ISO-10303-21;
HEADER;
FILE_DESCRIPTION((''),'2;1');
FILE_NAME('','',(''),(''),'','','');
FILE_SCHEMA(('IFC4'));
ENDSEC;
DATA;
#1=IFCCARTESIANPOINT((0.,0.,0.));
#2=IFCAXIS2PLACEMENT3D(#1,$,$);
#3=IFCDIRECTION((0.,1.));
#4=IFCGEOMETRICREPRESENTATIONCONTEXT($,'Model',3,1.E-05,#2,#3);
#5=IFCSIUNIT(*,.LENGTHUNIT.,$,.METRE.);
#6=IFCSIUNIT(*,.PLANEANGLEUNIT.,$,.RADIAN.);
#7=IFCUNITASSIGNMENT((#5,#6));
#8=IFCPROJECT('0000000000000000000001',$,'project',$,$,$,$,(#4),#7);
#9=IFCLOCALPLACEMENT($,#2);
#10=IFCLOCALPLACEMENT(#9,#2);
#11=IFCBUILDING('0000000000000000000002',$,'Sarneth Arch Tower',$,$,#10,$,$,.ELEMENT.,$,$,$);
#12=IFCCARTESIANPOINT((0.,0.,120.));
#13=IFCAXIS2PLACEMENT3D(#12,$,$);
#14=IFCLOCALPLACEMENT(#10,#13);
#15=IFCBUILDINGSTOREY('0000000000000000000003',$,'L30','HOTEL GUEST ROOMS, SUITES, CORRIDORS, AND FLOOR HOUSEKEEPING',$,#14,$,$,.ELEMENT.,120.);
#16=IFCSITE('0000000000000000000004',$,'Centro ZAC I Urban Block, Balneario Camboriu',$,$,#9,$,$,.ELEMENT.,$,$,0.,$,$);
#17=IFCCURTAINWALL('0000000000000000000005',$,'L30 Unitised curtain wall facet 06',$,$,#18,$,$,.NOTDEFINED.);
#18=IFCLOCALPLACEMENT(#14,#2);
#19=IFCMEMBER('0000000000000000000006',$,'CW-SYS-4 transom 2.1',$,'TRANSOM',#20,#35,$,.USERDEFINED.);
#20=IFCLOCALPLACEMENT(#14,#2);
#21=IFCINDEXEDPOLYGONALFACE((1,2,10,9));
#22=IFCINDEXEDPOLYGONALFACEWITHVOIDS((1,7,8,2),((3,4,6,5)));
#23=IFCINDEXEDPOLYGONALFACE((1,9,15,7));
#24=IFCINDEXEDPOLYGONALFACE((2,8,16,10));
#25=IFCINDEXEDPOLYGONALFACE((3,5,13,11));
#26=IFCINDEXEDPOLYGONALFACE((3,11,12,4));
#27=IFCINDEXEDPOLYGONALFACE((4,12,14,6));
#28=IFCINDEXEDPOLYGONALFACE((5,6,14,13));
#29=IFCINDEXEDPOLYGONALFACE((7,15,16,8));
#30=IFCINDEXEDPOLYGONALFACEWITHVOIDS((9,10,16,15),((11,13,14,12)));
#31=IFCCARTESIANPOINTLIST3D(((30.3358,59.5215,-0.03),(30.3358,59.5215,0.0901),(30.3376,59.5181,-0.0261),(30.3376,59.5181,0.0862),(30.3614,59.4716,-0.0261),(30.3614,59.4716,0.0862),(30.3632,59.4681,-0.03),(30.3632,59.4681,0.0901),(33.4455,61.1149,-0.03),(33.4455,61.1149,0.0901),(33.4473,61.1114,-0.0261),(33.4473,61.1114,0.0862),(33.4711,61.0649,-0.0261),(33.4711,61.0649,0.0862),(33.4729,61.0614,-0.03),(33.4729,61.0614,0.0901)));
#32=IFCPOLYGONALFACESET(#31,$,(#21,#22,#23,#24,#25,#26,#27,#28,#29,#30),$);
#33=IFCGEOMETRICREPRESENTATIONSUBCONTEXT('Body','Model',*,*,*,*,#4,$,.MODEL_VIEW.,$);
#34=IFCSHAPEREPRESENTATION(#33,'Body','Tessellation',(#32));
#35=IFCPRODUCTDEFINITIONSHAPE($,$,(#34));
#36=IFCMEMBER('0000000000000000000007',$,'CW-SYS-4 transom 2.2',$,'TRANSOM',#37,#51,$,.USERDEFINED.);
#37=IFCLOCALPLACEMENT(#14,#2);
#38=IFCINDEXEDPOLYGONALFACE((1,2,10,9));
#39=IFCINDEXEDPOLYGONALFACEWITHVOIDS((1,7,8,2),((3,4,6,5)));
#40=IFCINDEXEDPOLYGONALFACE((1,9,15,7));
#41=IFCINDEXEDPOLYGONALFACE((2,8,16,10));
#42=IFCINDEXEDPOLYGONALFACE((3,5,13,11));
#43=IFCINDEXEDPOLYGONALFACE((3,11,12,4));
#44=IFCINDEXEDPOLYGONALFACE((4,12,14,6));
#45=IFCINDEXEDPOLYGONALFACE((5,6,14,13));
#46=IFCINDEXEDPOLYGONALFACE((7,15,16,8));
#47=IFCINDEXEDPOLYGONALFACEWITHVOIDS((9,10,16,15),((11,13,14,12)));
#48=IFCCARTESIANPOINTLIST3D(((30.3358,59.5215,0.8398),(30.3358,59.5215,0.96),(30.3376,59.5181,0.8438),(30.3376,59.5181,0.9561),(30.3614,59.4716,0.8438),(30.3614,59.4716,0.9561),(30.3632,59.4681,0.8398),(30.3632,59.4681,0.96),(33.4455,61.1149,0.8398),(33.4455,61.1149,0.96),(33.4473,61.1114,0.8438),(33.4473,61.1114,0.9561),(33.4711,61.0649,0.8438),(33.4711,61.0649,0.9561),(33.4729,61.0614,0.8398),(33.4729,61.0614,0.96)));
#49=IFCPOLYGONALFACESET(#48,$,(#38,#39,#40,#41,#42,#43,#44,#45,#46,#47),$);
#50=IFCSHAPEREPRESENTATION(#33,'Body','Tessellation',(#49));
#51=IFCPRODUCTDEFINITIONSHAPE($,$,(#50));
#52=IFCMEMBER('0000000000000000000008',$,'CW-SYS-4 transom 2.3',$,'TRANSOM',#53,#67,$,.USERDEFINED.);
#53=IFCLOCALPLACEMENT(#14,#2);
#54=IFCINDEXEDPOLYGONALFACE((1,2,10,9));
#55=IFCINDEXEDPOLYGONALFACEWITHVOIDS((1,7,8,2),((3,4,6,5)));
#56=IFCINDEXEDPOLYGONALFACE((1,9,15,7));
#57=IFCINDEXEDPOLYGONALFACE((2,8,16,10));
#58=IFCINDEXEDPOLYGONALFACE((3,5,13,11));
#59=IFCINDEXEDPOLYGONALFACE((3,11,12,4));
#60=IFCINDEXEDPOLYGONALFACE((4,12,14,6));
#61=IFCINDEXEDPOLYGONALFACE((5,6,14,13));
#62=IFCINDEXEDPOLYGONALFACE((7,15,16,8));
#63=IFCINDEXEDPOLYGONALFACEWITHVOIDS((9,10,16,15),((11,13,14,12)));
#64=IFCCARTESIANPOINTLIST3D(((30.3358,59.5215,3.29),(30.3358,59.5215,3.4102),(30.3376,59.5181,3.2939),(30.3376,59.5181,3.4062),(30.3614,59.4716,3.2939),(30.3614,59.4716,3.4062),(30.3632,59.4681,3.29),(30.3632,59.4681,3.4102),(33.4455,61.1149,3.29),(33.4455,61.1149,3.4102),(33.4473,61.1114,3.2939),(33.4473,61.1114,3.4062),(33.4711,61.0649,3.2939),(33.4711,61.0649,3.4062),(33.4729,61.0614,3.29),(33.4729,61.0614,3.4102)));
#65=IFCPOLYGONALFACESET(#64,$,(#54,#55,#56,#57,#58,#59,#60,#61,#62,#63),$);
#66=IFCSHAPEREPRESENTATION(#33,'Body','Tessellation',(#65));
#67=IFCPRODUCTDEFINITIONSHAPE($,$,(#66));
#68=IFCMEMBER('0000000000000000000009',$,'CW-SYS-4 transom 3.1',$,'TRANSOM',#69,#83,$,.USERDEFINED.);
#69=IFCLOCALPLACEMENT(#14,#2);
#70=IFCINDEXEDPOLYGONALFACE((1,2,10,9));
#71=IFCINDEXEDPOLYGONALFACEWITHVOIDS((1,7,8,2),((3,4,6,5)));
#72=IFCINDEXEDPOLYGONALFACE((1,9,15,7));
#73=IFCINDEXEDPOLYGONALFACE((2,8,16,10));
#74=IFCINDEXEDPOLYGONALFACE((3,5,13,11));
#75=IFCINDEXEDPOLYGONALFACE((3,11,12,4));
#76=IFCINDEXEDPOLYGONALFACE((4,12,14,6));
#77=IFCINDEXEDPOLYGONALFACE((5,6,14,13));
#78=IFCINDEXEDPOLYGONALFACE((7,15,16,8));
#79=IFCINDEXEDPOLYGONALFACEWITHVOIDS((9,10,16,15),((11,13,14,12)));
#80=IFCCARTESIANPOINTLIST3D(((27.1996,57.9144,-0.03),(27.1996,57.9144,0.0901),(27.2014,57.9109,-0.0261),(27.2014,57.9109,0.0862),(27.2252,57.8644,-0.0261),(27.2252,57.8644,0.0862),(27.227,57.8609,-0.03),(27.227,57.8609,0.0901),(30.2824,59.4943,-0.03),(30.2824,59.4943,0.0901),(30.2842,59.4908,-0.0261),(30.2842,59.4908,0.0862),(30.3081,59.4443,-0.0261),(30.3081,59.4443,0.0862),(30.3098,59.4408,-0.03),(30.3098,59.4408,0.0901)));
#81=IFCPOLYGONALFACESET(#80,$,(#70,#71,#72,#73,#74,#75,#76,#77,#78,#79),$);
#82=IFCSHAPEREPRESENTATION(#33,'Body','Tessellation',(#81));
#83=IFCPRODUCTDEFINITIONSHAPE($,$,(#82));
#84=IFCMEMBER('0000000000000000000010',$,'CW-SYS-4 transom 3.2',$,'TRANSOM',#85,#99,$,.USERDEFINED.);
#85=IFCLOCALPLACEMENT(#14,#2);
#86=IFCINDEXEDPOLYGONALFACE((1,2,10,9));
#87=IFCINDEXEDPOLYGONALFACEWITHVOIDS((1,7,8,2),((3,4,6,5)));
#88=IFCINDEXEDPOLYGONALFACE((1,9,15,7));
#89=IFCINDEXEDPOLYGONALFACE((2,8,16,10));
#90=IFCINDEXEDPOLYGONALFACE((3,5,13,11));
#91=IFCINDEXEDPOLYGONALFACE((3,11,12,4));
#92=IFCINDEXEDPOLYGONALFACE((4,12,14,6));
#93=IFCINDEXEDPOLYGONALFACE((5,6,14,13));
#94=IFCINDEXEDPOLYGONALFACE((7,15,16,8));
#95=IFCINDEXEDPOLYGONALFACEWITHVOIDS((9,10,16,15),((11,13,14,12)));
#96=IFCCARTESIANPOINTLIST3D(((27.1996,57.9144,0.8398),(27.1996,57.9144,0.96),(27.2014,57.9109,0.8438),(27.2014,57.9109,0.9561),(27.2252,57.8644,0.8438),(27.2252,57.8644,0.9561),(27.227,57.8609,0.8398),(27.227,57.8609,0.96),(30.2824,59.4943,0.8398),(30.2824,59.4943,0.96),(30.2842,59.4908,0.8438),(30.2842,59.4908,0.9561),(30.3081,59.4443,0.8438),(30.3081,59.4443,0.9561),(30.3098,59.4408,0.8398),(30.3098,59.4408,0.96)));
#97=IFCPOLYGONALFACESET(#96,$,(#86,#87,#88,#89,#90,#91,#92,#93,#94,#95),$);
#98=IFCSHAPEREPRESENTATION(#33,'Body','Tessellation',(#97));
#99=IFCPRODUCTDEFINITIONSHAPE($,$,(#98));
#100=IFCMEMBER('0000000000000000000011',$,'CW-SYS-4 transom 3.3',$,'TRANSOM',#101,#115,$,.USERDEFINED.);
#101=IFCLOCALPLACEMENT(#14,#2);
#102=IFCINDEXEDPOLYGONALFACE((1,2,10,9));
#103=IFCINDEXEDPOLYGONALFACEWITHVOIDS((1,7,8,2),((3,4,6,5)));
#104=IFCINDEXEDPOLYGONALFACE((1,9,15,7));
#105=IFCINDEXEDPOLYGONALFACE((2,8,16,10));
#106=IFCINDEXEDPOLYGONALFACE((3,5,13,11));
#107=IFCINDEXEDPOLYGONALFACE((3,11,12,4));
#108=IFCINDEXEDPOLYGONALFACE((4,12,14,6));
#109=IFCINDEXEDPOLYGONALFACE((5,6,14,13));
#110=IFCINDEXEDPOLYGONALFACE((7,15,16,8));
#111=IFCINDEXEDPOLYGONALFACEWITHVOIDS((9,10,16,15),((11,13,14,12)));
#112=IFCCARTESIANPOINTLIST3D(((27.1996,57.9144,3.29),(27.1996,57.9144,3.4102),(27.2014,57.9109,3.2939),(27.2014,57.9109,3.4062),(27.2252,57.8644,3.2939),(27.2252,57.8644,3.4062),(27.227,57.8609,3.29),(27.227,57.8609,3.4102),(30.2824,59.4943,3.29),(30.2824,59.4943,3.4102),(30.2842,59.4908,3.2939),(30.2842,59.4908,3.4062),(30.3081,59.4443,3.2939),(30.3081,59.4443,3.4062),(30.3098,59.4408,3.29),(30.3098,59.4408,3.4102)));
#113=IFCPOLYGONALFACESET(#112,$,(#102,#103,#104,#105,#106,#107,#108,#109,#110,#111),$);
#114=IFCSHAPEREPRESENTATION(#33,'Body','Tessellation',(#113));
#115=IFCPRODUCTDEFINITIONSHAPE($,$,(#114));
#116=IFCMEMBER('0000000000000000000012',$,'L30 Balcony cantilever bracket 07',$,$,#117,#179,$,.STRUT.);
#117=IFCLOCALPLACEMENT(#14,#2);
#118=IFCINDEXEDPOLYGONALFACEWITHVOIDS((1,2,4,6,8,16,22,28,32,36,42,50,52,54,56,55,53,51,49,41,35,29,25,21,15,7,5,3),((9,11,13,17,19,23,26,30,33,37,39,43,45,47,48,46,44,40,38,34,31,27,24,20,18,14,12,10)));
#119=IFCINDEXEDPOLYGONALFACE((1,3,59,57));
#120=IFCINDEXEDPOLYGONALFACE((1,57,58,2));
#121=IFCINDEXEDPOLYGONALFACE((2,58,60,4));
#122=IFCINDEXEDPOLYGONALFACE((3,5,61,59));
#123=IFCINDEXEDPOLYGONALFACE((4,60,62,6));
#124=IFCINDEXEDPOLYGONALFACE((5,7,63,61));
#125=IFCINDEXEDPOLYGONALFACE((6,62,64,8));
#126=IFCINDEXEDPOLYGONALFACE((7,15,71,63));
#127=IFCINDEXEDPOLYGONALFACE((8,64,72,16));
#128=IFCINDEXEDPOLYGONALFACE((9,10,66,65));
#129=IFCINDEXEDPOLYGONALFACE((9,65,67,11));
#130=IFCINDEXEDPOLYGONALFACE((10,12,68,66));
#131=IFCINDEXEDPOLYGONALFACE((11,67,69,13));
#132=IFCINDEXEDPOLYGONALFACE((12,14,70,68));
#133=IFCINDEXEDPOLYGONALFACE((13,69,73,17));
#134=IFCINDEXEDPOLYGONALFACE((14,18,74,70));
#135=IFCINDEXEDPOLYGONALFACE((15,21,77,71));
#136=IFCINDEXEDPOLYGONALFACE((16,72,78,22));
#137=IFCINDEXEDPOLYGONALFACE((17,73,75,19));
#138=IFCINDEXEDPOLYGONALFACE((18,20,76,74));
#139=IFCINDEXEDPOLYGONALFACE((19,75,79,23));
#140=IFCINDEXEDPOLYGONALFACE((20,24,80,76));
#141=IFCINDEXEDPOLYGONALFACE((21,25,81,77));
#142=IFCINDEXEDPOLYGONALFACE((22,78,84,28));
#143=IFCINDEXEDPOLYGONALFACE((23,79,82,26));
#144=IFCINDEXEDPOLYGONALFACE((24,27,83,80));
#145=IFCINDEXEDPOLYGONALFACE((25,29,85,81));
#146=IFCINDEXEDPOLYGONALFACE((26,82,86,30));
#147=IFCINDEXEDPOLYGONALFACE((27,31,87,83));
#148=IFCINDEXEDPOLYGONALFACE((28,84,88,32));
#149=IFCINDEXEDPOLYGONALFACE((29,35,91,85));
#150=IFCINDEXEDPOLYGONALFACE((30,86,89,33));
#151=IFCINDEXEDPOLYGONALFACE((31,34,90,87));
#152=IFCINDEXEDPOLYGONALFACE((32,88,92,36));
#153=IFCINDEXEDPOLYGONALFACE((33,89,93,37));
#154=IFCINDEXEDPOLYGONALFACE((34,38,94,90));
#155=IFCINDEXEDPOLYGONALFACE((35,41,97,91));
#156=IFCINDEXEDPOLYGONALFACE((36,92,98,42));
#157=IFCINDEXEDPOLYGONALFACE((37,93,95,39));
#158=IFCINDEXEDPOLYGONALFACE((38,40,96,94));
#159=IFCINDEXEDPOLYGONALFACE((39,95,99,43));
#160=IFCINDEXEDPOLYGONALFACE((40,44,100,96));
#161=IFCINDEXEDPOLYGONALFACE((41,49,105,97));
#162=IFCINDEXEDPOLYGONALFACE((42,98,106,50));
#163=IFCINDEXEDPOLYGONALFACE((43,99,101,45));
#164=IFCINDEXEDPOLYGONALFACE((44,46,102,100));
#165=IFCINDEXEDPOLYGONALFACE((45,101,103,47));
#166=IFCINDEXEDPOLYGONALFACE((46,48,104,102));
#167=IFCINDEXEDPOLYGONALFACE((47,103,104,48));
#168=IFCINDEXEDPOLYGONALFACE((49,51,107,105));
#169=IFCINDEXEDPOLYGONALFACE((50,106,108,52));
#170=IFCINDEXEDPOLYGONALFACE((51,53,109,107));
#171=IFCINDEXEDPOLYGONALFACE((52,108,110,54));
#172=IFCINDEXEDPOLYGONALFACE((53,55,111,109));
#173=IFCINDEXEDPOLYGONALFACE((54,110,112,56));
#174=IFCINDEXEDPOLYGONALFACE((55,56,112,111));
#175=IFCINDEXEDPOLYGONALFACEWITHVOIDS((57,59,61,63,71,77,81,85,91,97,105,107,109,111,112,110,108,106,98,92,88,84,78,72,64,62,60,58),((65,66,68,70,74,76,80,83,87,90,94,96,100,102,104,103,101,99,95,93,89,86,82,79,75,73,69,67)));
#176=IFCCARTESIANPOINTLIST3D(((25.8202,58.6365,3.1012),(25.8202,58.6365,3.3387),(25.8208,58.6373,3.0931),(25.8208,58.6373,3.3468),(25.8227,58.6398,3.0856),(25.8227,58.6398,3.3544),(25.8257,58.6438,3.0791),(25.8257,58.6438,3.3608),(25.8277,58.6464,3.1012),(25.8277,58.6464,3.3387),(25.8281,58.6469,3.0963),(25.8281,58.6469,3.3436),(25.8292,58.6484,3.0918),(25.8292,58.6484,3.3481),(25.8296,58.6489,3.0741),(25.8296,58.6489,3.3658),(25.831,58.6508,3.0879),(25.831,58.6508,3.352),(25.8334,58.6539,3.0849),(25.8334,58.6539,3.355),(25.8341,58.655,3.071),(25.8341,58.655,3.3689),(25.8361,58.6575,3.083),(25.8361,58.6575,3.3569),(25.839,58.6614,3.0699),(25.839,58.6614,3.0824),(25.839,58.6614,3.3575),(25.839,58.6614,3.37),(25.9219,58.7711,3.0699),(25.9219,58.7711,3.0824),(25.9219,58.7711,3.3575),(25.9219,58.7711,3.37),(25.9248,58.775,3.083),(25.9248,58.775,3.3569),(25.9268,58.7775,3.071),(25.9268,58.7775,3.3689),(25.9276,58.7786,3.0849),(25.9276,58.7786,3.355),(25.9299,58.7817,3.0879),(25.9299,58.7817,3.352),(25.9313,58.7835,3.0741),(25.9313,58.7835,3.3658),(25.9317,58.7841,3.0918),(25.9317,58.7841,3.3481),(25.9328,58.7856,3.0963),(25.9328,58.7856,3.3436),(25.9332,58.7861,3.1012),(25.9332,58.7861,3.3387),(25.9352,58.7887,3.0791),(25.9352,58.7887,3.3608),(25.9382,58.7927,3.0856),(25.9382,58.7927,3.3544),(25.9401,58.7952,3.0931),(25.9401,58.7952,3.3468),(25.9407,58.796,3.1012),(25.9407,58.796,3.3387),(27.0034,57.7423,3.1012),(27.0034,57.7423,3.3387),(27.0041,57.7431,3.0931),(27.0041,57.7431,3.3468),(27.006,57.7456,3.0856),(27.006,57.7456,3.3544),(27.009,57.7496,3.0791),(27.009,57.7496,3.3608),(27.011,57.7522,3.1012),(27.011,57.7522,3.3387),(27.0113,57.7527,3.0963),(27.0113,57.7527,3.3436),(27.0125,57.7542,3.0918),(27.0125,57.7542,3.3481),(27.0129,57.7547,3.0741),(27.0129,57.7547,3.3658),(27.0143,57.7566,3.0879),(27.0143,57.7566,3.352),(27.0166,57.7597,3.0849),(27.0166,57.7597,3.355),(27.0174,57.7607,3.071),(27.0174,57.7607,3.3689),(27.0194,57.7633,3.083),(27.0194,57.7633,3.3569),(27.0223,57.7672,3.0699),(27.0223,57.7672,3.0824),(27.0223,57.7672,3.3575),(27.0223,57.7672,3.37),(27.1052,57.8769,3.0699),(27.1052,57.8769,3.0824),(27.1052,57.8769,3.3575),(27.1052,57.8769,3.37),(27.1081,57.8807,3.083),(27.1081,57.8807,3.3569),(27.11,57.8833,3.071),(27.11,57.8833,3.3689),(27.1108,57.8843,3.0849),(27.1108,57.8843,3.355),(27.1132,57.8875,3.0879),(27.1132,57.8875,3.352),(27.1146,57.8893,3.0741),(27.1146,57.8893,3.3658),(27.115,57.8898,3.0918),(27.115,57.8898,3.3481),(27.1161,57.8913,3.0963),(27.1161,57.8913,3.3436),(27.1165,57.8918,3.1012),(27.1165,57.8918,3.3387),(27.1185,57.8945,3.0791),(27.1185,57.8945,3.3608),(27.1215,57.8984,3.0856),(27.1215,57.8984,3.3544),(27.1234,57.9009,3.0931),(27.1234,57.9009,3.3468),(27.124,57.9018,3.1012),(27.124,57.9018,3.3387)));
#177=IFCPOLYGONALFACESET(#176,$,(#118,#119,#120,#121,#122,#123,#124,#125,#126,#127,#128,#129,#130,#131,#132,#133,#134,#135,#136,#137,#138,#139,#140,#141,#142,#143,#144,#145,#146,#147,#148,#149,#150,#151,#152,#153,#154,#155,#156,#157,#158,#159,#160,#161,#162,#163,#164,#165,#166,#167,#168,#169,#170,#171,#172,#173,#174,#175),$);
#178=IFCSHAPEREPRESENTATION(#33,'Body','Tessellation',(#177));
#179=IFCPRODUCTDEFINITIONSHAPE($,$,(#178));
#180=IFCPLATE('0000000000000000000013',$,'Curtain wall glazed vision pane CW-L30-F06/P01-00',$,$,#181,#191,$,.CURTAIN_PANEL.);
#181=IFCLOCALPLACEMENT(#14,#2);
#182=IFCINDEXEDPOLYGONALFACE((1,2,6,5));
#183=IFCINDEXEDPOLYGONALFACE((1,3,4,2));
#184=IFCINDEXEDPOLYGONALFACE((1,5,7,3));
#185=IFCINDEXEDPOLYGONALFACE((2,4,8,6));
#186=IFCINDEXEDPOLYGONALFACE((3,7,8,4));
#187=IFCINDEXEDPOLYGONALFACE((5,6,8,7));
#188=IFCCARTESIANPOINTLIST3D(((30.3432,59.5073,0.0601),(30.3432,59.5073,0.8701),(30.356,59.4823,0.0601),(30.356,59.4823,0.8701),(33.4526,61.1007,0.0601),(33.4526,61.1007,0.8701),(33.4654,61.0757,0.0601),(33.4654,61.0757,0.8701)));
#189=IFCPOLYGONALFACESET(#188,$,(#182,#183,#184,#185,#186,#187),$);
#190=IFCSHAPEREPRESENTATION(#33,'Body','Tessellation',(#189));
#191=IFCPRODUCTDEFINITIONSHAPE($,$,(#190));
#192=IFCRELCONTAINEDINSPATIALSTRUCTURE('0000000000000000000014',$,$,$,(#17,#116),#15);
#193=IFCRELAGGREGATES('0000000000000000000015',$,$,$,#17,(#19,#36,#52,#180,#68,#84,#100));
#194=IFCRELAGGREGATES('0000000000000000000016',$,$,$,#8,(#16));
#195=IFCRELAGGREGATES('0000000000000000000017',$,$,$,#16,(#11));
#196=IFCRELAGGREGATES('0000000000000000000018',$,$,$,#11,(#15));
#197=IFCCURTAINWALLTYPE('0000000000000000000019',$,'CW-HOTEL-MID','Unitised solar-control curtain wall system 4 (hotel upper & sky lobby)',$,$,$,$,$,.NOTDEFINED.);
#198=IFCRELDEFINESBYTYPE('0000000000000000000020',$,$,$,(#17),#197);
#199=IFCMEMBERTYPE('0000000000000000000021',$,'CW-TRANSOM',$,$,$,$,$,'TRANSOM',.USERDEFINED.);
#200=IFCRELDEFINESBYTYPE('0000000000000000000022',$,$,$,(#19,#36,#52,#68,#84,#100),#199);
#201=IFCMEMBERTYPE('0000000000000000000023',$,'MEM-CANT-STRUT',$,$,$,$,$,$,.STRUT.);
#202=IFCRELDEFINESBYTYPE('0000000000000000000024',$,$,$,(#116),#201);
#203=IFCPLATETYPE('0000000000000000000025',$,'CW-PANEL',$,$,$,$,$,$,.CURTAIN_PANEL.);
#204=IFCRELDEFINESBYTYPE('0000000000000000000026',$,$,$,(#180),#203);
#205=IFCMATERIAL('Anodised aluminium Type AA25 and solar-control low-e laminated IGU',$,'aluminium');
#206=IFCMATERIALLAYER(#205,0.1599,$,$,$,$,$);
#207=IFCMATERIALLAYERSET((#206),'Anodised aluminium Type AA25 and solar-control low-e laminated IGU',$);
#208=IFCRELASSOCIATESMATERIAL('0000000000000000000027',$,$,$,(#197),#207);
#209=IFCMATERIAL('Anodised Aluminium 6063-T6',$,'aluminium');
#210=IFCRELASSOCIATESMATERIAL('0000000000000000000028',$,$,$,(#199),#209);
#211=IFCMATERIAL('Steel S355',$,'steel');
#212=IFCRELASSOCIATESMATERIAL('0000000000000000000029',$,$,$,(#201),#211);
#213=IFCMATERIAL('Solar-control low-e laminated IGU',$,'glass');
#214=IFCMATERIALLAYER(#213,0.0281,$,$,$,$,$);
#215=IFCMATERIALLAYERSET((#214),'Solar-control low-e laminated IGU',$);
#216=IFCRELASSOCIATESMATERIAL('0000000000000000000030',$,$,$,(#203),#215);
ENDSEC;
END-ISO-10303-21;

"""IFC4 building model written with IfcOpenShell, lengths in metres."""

from ifc_helpers import new_model, si_unit, direction, frame, origin, origin_2d, place, context, subcontext, project, spatial, rectangle, hollow_rectangle, extrude, material, layer, layer_set, material_profile, profile_set, type_object, element, aggregate, save


model = new_model("IFC4")

# Units and contexts
model_context = context("Model", 3, precision=1e-05, world=origin(), true_north=direction((0.0, 1.0)))
body_context = subcontext(model_context, "Body", "Model", "MODEL_VIEW")
ifc_project = project(units=[si_unit("LENGTHUNIT", "METRE"), si_unit("PLANEANGLEUNIT", "RADIAN")], contexts=[model_context])

# Site, building, storey
site_placement = place(None, origin())
site = spatial("IfcSite", under=ifc_project, at=site_placement, Name="Centro ZAC I Urban Block, Balneario Camboriu", CompositionType="ELEMENT", RefElevation=0.0)
building_placement = place(site_placement, origin())
building = spatial("IfcBuilding", under=site, at=building_placement, Name="Sarneth Arch Tower", CompositionType="ELEMENT")
storey_placement = place(building_placement, frame((0.0, 0.0, 120.0)))
storey = spatial("IfcBuildingStorey", under=building, at=storey_placement, Name="L30", Description="HOTEL GUEST ROOMS, SUITES, CORRIDORS, AND FLOOR HOUSEKEEPING", CompositionType="ELEMENT", Elevation=120.0)

# Curtain wall, members
ifc_material_1 = material(Name="Anodised aluminium Type AA25 and solar-control low-e laminated IGU", Category="aluminium")
ifc_layer_1 = layer(ifc_material_1, 0.1599)
ifc_layer_set_1 = layer_set([ifc_layer_1], Name="Anodised aluminium Type AA25 and solar-control low-e laminated IGU")
curtain_wall_type = type_object("IfcCurtainWallType", Name="CW-HOTEL-MID", Description="Unitised solar-control curtain wall system 4 (hotel upper & sky lobby)", PredefinedType="NOTDEFINED", material=ifc_layer_set_1)
curtain_wall_placement = place(storey_placement, origin())
curtain_wall = element("IfcCurtainWall", 1, at=curtain_wall_placement, inside=storey, type_object=curtain_wall_type, Name="L30 Unitised curtain wall facet 06", PredefinedType="NOTDEFINED")
ifc_material_2 = material(Name="Anodised Aluminium 6063-T6", Category="aluminium")
ifc_material_profile_1 = material_profile(ifc_material_2, hollow_rectangle(XDim=0.0601, YDim=0.1201, WallThickness=0.0039, at=origin_2d()), Name="AL-TRAN-120x60x4")
ifc_profile_set_1 = profile_set([ifc_material_profile_1], Name="Anodised Aluminium 6063-T6")
member_type_1 = type_object("IfcMemberType", Name="CW-TRANSOM", ElementType="TRANSOM", PredefinedType="USERDEFINED", material=ifc_profile_set_1)
member_1_placement = place(storey_placement, frame((33.4592, 61.0881, 0.03), z_axis=(-0.889982, -0.455996, 0.0), x_axis=(0.455996, -0.889982, 0.0)))
member_1 = element("IfcMember", 2, at=member_1_placement, type_object=member_type_1, Name="CW-SYS-4 transom 2.1", ObjectType="TRANSOM", PredefinedType="USERDEFINED", context=body_context, shape_type="SweptSolid", body=[
    extrude(hollow_rectangle(XDim=0.0601, YDim=0.1201, WallThickness=0.0039, at=origin_2d()), origin(), (0.0, 0.0, 1.0), 3.4941),
])
member_2_placement = place(storey_placement, frame((33.4592, 61.0881, 0.8999), z_axis=(-0.889982, -0.455996, 0.0), x_axis=(0.455996, -0.889982, 0.0)))
member_2 = element("IfcMember", 3, at=member_2_placement, type_object=member_type_1, Name="CW-SYS-4 transom 2.2", ObjectType="TRANSOM", PredefinedType="USERDEFINED", context=body_context, shape_type="SweptSolid", body=[
    extrude(hollow_rectangle(XDim=0.0601, YDim=0.1201, WallThickness=0.0039, at=origin_2d()), origin(), (0.0, 0.0, 1.0), 3.4941),
])
member_3_placement = place(storey_placement, frame((33.4592, 61.0881, 3.3501), z_axis=(-0.889982, -0.455996, 0.0), x_axis=(0.455996, -0.889982, 0.0)))
member_3 = element("IfcMember", 4, at=member_3_placement, type_object=member_type_1, Name="CW-SYS-4 transom 2.3", ObjectType="TRANSOM", PredefinedType="USERDEFINED", context=body_context, shape_type="SweptSolid", body=[
    extrude(hollow_rectangle(XDim=0.0601, YDim=0.1201, WallThickness=0.0039, at=origin_2d()), origin(), (0.0, 0.0, 1.0), 3.4941),
])
member_4_placement = place(storey_placement, frame((30.2961, 59.4675, 0.03), z_axis=(-0.889943, -0.456072, 0.0), x_axis=(0.456072, -0.889943, 0.0)))
member_4 = element("IfcMember", 5, at=member_4_placement, type_object=member_type_1, Name="CW-SYS-4 transom 3.1", ObjectType="TRANSOM", PredefinedType="USERDEFINED", context=body_context, shape_type="SweptSolid", body=[
    extrude(hollow_rectangle(XDim=0.0601, YDim=0.1201, WallThickness=0.0039, at=origin_2d()), origin(), (0.0, 0.0, 1.0), 3.4641),
])
member_5_placement = place(storey_placement, frame((30.2961, 59.4675, 0.8999), z_axis=(-0.889943, -0.456072, 0.0), x_axis=(0.456072, -0.889943, 0.0)))
member_5 = element("IfcMember", 6, at=member_5_placement, type_object=member_type_1, Name="CW-SYS-4 transom 3.2", ObjectType="TRANSOM", PredefinedType="USERDEFINED", context=body_context, shape_type="SweptSolid", body=[
    extrude(hollow_rectangle(XDim=0.0601, YDim=0.1201, WallThickness=0.0039, at=origin_2d()), origin(), (0.0, 0.0, 1.0), 3.4641),
])
member_6_placement = place(storey_placement, frame((30.2961, 59.4675, 3.3501), z_axis=(-0.889943, -0.456072, 0.0), x_axis=(0.456072, -0.889943, 0.0)))
member_6 = element("IfcMember", 7, at=member_6_placement, type_object=member_type_1, Name="CW-SYS-4 transom 3.3", ObjectType="TRANSOM", PredefinedType="USERDEFINED", context=body_context, shape_type="SweptSolid", body=[
    extrude(hollow_rectangle(XDim=0.0601, YDim=0.1201, WallThickness=0.0039, at=origin_2d()), origin(), (0.0, 0.0, 1.0), 3.4641),
])

# Member
ifc_material_3 = material(Name="Steel S355", Category="steel")
ifc_material_profile_2 = material_profile(ifc_material_3, hollow_rectangle(XDim=0.2, YDim=0.3, WallThickness=0.0125, InnerFilletRadius=0.0188, OuterFilletRadius=0.0312, at=origin_2d()), Name="RHS300x200x12.5")
ifc_profile_set_2 = profile_set([ifc_material_profile_2], Name="Steel S355")
member_type_2 = type_object("IfcMemberType", Name="MEM-CANT-STRUT", PredefinedType="STRUT", material=ifc_profile_set_2)
member_7_placement = place(storey_placement, frame((27.0637, 57.822, 3.22), z_axis=(-0.797802, 0.602919, 0.0), x_axis=(-0.602919, -0.797802, 0.0)))
element("IfcMember", 8, at=member_7_placement, inside=storey, type_object=member_type_2, Name="L30 Balcony cantilever bracket 07", PredefinedType="STRUT", context=body_context, shape_type="SweptSolid", body=[
    extrude(hollow_rectangle(XDim=0.2, YDim=0.3, WallThickness=0.0125, InnerFilletRadius=0.0188, OuterFilletRadius=0.0312, at=origin_2d()), origin(), (0.0, 0.0, 1.0), 1.4832),
])

# Plate
ifc_material_4 = material(Name="Solar-control low-e laminated IGU", Category="glass")
ifc_layer_2 = layer(ifc_material_4, 0.0281)
ifc_layer_set_2 = layer_set([ifc_layer_2], Name="Solar-control low-e laminated IGU")
plate_type_1 = type_object("IfcPlateType", Name="CW-PANEL", PredefinedType="CURTAIN_PANEL", material=ifc_layer_set_2)
plate_1_placement = place(storey_placement, frame((31.9043, 60.2915, 0.0601), z_axis=(0.0, 0.0, 1.0), x_axis=(-0.889964, -0.456031, 0.0)))
plate_1 = element("IfcPlate", 9, at=plate_1_placement, type_object=plate_type_1, Name="Curtain wall glazed vision pane CW-L30-F06/P01-00", PredefinedType="CURTAIN_PANEL", context=body_context, shape_type="SweptSolid", body=[
    extrude(rectangle(XDim=3.4939, YDim=0.0281, at=origin_2d()), origin(), (0.0, 0.0, 1.0), 0.8101),
])
aggregate(curtain_wall, [member_1, member_2, member_3, plate_1, member_4, member_5, member_6])

save(model, "model.ifc")
